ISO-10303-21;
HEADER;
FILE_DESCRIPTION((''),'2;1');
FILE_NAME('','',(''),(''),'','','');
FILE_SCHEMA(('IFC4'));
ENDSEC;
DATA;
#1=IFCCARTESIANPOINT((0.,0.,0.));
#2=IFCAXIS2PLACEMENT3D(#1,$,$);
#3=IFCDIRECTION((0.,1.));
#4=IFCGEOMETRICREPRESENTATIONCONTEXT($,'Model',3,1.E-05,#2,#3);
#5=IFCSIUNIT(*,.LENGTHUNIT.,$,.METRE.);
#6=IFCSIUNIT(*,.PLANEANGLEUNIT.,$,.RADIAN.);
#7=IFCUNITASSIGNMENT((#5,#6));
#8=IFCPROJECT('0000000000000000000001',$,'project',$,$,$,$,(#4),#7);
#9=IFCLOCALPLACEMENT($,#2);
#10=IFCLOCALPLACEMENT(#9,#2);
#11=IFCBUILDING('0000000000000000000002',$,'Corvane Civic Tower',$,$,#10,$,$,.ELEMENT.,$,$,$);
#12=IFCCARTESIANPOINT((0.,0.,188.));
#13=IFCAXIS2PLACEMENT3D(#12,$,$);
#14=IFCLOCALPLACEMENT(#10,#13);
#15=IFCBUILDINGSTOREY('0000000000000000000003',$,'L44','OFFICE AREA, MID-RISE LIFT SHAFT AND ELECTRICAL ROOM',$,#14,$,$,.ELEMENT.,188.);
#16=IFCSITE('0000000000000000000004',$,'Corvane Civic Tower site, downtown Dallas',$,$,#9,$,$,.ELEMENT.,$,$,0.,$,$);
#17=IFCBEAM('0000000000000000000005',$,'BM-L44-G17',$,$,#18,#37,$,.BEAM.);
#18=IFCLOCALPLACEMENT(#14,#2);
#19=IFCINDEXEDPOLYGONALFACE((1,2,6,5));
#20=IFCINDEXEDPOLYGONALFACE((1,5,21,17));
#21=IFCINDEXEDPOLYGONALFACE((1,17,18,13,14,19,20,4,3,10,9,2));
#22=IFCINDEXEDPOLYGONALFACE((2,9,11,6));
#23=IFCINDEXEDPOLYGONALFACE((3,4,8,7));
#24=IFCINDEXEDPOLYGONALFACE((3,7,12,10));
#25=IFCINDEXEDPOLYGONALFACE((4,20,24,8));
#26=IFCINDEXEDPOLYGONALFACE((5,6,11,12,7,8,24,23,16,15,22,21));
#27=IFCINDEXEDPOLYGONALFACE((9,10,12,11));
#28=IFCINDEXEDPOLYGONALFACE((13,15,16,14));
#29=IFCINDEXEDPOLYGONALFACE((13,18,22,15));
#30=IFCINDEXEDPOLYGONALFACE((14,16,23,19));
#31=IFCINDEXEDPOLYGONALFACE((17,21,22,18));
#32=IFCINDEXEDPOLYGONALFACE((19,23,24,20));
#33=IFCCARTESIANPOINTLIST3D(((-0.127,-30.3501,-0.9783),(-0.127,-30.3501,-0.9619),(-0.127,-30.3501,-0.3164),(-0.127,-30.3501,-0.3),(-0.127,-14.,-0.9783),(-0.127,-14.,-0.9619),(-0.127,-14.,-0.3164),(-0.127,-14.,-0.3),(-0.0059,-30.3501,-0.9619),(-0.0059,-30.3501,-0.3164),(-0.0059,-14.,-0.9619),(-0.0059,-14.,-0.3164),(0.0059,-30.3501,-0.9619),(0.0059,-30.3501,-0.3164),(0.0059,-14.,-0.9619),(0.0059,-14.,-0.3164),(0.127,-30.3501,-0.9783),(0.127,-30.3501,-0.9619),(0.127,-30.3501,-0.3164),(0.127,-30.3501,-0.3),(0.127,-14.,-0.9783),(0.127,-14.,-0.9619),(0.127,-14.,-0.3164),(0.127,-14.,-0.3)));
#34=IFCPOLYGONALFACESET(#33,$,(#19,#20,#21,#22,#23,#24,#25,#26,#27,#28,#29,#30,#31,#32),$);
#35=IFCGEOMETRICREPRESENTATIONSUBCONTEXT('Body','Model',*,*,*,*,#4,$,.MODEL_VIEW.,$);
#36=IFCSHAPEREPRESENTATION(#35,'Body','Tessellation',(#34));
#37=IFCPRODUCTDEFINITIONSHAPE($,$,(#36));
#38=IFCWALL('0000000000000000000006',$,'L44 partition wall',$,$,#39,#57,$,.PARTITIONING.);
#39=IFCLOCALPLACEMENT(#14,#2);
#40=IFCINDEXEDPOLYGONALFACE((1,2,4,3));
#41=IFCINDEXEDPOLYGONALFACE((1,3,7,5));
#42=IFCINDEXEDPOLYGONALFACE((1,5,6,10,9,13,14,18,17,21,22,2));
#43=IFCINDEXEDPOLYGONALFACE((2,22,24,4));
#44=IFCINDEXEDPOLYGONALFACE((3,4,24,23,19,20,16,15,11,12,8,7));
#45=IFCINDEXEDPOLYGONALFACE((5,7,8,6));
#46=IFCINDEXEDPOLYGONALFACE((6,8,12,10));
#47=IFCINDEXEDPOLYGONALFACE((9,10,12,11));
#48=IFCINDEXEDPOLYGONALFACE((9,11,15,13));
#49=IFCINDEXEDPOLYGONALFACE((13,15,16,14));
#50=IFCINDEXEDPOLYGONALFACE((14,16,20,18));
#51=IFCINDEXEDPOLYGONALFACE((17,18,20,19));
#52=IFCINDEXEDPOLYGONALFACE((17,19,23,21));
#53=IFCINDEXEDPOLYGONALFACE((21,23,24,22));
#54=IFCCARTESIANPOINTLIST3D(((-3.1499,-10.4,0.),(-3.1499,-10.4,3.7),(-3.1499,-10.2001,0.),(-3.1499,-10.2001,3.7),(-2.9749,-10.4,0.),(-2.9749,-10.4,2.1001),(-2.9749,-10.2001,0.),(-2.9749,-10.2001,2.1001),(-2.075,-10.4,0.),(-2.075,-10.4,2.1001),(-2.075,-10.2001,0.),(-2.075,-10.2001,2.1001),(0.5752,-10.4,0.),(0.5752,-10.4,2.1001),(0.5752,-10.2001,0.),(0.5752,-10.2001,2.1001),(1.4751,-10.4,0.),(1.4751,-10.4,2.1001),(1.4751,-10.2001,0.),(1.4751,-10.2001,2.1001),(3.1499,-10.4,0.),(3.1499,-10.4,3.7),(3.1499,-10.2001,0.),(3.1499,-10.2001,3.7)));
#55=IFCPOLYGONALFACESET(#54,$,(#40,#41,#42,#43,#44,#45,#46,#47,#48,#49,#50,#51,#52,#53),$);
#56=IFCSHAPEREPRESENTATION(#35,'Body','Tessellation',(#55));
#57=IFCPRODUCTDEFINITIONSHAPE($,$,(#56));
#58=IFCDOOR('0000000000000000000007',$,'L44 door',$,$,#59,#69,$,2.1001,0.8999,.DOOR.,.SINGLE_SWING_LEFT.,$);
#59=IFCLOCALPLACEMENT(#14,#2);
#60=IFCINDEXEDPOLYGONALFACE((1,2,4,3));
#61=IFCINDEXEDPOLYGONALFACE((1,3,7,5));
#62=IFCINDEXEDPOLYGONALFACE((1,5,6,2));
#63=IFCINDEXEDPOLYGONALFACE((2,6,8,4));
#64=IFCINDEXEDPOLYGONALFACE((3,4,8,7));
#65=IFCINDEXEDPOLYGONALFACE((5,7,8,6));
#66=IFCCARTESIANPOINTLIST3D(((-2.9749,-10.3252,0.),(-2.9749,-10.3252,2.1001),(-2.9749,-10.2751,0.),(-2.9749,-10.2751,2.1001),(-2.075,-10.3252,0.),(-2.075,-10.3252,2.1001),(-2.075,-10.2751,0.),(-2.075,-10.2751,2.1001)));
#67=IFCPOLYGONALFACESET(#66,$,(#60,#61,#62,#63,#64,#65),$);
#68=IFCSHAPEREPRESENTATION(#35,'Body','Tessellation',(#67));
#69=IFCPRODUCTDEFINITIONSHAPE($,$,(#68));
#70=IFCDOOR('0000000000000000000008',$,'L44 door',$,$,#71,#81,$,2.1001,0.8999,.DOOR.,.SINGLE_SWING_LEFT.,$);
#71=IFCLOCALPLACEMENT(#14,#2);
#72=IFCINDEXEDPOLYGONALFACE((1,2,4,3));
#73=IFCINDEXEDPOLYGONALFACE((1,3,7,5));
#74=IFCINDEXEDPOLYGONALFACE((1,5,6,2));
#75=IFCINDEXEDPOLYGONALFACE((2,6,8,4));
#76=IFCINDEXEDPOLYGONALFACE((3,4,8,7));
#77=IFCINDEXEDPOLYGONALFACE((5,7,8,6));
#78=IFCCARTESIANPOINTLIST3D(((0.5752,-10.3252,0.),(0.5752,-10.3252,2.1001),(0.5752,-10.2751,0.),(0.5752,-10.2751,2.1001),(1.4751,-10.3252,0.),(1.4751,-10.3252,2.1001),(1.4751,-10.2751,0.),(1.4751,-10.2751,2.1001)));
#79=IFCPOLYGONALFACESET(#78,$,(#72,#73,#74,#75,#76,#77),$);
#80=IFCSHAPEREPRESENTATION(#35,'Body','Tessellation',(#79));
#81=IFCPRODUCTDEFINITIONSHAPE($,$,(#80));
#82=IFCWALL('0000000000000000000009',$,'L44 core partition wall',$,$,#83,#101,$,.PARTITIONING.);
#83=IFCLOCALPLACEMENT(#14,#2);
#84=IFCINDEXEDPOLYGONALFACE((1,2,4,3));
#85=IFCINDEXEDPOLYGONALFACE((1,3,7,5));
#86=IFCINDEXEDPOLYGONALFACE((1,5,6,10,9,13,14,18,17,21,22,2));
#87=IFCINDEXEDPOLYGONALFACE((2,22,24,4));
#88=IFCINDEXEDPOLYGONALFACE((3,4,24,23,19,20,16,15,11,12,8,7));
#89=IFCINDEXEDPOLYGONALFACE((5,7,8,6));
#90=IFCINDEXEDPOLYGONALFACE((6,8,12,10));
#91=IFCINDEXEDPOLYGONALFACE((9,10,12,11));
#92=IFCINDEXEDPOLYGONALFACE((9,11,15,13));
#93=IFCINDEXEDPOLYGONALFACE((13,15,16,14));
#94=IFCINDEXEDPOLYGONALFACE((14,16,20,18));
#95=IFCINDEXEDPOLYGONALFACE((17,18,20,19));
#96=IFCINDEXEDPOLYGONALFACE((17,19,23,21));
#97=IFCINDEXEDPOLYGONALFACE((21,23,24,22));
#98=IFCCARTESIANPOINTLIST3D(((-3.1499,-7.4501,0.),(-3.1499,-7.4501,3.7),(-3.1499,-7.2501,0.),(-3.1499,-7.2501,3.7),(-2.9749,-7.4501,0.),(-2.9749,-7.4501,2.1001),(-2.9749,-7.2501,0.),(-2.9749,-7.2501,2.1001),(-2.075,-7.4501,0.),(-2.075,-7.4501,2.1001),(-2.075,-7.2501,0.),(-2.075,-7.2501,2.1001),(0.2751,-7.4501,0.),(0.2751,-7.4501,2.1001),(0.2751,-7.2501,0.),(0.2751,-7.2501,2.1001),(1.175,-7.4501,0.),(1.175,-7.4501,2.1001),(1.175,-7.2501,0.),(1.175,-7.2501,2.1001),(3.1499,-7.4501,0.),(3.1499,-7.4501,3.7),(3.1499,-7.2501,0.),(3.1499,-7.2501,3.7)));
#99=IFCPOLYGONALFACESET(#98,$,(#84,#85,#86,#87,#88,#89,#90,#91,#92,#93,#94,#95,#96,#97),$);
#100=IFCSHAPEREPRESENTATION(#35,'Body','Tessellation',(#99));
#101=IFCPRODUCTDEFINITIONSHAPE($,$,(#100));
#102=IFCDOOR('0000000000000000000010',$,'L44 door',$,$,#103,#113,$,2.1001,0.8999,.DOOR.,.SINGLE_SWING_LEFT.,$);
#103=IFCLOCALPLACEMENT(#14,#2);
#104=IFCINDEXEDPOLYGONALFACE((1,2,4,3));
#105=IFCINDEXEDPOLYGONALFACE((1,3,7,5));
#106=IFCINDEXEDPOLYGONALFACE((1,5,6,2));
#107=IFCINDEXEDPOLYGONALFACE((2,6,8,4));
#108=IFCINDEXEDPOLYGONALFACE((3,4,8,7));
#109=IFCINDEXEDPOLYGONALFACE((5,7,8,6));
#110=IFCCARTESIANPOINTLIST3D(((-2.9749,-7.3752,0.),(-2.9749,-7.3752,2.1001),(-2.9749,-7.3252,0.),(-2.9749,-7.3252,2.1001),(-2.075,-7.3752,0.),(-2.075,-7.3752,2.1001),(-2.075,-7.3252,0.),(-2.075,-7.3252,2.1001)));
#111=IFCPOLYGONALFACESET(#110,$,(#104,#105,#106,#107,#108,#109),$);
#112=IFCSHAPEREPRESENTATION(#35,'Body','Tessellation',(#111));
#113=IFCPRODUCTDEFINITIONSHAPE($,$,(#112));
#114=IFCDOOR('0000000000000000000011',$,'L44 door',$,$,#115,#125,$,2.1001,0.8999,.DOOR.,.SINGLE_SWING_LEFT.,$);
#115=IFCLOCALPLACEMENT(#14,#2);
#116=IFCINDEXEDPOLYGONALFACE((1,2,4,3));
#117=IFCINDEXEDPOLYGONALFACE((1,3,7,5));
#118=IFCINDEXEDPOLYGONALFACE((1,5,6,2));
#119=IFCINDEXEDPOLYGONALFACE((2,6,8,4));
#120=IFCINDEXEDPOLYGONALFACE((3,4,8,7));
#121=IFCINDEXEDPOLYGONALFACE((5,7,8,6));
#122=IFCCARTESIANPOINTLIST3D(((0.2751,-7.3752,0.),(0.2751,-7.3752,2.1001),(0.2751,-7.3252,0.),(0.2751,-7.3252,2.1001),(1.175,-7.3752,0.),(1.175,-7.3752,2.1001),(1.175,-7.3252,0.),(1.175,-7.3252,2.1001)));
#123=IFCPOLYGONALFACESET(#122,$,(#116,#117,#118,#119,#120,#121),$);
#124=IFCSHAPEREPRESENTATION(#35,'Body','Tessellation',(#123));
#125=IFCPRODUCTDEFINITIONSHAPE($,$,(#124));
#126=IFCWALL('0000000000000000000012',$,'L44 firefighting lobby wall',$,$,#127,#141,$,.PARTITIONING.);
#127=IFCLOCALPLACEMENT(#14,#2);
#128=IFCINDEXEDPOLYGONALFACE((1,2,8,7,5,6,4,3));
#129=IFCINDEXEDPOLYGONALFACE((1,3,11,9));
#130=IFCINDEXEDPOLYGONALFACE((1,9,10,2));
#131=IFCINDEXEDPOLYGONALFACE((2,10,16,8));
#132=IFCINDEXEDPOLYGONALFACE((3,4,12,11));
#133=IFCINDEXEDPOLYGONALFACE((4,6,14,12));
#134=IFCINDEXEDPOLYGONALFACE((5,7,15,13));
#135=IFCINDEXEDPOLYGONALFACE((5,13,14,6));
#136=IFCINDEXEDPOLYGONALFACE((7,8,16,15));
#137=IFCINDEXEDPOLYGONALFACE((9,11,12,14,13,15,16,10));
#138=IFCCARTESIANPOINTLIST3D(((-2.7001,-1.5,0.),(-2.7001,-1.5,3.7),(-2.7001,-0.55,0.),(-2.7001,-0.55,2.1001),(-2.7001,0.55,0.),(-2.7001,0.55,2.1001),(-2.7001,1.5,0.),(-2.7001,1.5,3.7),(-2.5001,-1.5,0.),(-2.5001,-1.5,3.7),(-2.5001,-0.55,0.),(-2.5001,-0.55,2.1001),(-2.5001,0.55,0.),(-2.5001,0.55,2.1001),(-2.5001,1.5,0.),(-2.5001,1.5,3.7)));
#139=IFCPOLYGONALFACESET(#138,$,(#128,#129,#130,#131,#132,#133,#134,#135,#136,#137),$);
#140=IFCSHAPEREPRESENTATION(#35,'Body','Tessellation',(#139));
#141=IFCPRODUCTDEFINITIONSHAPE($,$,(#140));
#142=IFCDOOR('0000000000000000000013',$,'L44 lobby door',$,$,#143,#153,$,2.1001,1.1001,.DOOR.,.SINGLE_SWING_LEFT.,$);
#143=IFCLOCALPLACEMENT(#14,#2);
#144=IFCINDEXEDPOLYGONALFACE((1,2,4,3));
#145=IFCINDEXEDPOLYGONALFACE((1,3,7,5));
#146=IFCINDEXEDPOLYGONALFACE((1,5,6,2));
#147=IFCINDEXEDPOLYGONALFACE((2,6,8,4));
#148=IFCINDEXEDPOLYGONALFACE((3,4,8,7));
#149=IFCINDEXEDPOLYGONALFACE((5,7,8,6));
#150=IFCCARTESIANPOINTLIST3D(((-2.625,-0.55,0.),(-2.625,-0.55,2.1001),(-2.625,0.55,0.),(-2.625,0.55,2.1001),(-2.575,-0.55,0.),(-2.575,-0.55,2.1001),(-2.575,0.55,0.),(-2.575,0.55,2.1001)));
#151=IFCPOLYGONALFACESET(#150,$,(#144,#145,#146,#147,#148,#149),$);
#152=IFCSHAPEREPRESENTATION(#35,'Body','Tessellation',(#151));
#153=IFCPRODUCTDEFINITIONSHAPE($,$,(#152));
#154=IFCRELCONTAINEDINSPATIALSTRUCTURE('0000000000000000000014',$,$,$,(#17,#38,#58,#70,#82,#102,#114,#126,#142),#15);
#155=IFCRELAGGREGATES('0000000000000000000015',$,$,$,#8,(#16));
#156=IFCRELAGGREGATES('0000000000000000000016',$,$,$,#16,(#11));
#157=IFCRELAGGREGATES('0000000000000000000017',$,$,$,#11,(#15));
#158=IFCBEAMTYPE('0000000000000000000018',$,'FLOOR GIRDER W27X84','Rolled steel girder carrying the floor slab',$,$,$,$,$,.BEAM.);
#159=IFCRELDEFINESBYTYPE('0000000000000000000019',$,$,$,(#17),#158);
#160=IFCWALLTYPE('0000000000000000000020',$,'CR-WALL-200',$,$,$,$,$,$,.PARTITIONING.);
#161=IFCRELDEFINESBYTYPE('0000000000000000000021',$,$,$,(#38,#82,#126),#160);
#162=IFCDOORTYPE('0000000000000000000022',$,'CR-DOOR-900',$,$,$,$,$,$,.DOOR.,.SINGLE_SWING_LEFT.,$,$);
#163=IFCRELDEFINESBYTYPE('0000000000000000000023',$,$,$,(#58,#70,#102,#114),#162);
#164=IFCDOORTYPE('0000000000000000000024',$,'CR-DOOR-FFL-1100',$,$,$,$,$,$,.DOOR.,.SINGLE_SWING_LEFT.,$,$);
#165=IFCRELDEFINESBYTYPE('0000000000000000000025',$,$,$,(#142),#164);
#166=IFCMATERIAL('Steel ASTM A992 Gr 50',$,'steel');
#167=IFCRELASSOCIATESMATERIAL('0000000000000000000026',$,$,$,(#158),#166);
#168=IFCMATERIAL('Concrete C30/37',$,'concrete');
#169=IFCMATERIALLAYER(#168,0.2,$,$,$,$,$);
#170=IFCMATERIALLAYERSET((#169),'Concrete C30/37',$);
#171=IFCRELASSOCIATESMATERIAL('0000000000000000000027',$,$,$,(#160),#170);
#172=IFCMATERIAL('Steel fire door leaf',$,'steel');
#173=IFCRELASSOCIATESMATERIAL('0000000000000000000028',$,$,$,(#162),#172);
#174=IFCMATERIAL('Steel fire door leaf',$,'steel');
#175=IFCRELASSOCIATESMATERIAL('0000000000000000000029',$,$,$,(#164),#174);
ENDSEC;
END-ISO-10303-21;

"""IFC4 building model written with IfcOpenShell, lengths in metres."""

from ifc_helpers import new_model, si_unit, direction, frame, frame_2d, origin, origin_2d, place, context, subcontext, project, spatial, rectangle, i_section, extrude, material, layer, layer_set, material_profile, profile_set, type_object, element, fill, save


model = new_model("IFC4")

# Units and contexts
model_context = context("Model", 3, precision=1e-05, world=origin(), true_north=direction((0.0, 1.0)))
body_context = subcontext(model_context, "Body", "Model", "MODEL_VIEW")
ifc_project = project(units=[si_unit("LENGTHUNIT", "METRE"), si_unit("PLANEANGLEUNIT", "RADIAN")], contexts=[model_context])

# Site, building, storey
site_placement = place(None, origin())
site = spatial("IfcSite", under=ifc_project, at=site_placement, Name="Corvane Civic Tower site, downtown Dallas", CompositionType="ELEMENT", RefElevation=0.0)
building_placement = place(site_placement, origin())
building = spatial("IfcBuilding", under=site, at=building_placement, Name="Corvane Civic Tower", CompositionType="ELEMENT")
storey_placement = place(building_placement, frame((0.0, 0.0, 188.0)))
storey = spatial("IfcBuildingStorey", under=building, at=storey_placement, Name="L44", Description="OFFICE AREA, MID-RISE LIFT SHAFT AND ELECTRICAL ROOM", CompositionType="ELEMENT", Elevation=188.0)

# Beam
ifc_material_1 = material(Name="Steel ASTM A992 Gr 50", Category="steel")
ifc_material_profile = material_profile(ifc_material_1, i_section(OverallWidth=0.2539, OverallDepth=0.6782, WebThickness=0.0117, FlangeThickness=0.0164, at=origin_2d()), Name="W27X84")
ifc_profile_set = profile_set([ifc_material_profile], Name="Steel ASTM A992 Gr 50")
beam_type = type_object("IfcBeamType", Name="FLOOR GIRDER W27X84", Description="Rolled steel girder carrying the floor slab", PredefinedType="BEAM", material=ifc_profile_set)
beam_placement = place(storey_placement, frame((0.0, -14.0, -0.6392), z_axis=(0.0, -1.0, 0.0), x_axis=(1.0, 0.0, 0.0)))
element("IfcBeam", 1, at=beam_placement, inside=storey, type_object=beam_type, Name="BM-L44-G17", PredefinedType="BEAM", context=body_context, shape_type="SweptSolid", body=[
    extrude(i_section(OverallWidth=0.2539, OverallDepth=0.6782, WebThickness=0.0117, FlangeThickness=0.0164, at=origin_2d()), origin(), (0.0, 0.0, 1.0), 16.3501),
])

# Walls, openings, doors
ifc_material_2 = material(Name="Concrete C30/37", Category="concrete")
ifc_layer_1 = layer(ifc_material_2, 0.2)
ifc_layer_set_1 = layer_set([ifc_layer_1], Name="Concrete C30/37")
wall_type_1 = type_object("IfcWallType", Name="CR-WALL-200", PredefinedType="PARTITIONING", material=ifc_layer_set_1)
wall_1_placement = place(storey_placement, frame((-3.1499, -10.3, 0.0), z_axis=(0.0, 0.0, 1.0), x_axis=(1.0, 0.0, 0.0)))
wall_1 = element("IfcWall", 2, at=wall_1_placement, inside=storey, type_object=wall_type_1, Name="L44 partition wall", PredefinedType="PARTITIONING", context=body_context, shape_type="SweptSolid", body=[
    extrude(rectangle(XDim=6.2998, YDim=0.2, at=frame_2d((3.1499, 0.0))), origin(), (0.0, 0.0, 1.0), 3.7),
])
opening_1_placement = place(wall_1_placement, frame((0.175, 0.0, 0.0)))
opening_1 = element("IfcOpeningElement", 3, at=opening_1_placement, cuts=wall_1, PredefinedType="OPENING", context=body_context, shape_type="SweptSolid", body=[
    extrude(rectangle(XDim=0.8999, YDim=2.1001, at=frame_2d((0.45, 1.05))), frame((0.0, 0.1099, 0.0), z_axis=(0.0, -1.0, 0.0), x_axis=(1.0, 0.0, 0.0)), (0.0, 0.0, 1.0), 0.22),
])
opening_2_placement = place(wall_1_placement, frame((3.7251, 0.0, 0.0)))
opening_2 = element("IfcOpeningElement", 4, at=opening_2_placement, cuts=wall_1, PredefinedType="OPENING", context=body_context, shape_type="SweptSolid", body=[
    extrude(rectangle(XDim=0.8999, YDim=2.1001, at=frame_2d((0.45, 1.05))), frame((0.0, 0.1099, 0.0), z_axis=(0.0, -1.0, 0.0), x_axis=(1.0, 0.0, 0.0)), (0.0, 0.0, 1.0), 0.22),
])
ifc_material_3 = material(Name="Steel fire door leaf", Category="steel")
door_type_1 = type_object("IfcDoorType", Name="CR-DOOR-900", OperationType="SINGLE_SWING_LEFT", PredefinedType="DOOR", material=ifc_material_3)
door_1_placement = place(opening_1_placement, origin())
door_1 = element("IfcDoor", 5, at=door_1_placement, inside=storey, type_object=door_type_1, Name="L44 door", OperationType="SINGLE_SWING_LEFT", OverallHeight=2.1001, OverallWidth=0.8999, PredefinedType="DOOR", context=body_context, shape_type="SweptSolid", body=[
    extrude(rectangle(XDim=0.8999, YDim=2.1001, at=frame_2d((0.45, 1.05))), frame((0.0, 0.0249, 0.0), z_axis=(0.0, -1.0, 0.0), x_axis=(1.0, 0.0, 0.0)), (0.0, 0.0, 1.0), 0.05),
])
fill(opening_1, door_1)
door_2_placement = place(opening_2_placement, origin())
door_2 = element("IfcDoor", 6, at=door_2_placement, inside=storey, type_object=door_type_1, Name="L44 door", OperationType="SINGLE_SWING_LEFT", OverallHeight=2.1001, OverallWidth=0.8999, PredefinedType="DOOR", context=body_context, shape_type="SweptSolid", body=[
    extrude(rectangle(XDim=0.8999, YDim=2.1001, at=frame_2d((0.45, 1.05))), frame((0.0, 0.0249, 0.0), z_axis=(0.0, -1.0, 0.0), x_axis=(1.0, 0.0, 0.0)), (0.0, 0.0, 1.0), 0.05),
])
fill(opening_2, door_2)
wall_2_placement = place(storey_placement, frame((-3.1499, -7.3501, 0.0), z_axis=(0.0, 0.0, 1.0), x_axis=(1.0, 0.0, 0.0)))
wall_2 = element("IfcWall", 7, at=wall_2_placement, inside=storey, type_object=wall_type_1, Name="L44 core partition wall", PredefinedType="PARTITIONING", context=body_context, shape_type="SweptSolid", body=[
    extrude(rectangle(XDim=6.2998, YDim=0.2, at=frame_2d((3.1499, 0.0))), origin(), (0.0, 0.0, 1.0), 3.7),
])
opening_3_placement = place(wall_2_placement, frame((0.175, 0.0, 0.0)))
opening_3 = element("IfcOpeningElement", 8, at=opening_3_placement, cuts=wall_2, PredefinedType="OPENING", context=body_context, shape_type="SweptSolid", body=[
    extrude(rectangle(XDim=0.8999, YDim=2.1001, at=frame_2d((0.45, 1.05))), frame((0.0, 0.1099, 0.0), z_axis=(0.0, -1.0, 0.0), x_axis=(1.0, 0.0, 0.0)), (0.0, 0.0, 1.0), 0.22),
])
opening_4_placement = place(wall_2_placement, frame((3.425, 0.0, 0.0)))
opening_4 = element("IfcOpeningElement", 9, at=opening_4_placement, cuts=wall_2, PredefinedType="OPENING", context=body_context, shape_type="SweptSolid", body=[
    extrude(rectangle(XDim=0.8999, YDim=2.1001, at=frame_2d((0.45, 1.05))), frame((0.0, 0.1099, 0.0), z_axis=(0.0, -1.0, 0.0), x_axis=(1.0, 0.0, 0.0)), (0.0, 0.0, 1.0), 0.22),
])
door_3_placement = place(opening_3_placement, origin())
door_3 = element("IfcDoor", 10, at=door_3_placement, inside=storey, type_object=door_type_1, Name="L44 door", OperationType="SINGLE_SWING_LEFT", OverallHeight=2.1001, OverallWidth=0.8999, PredefinedType="DOOR", context=body_context, shape_type="SweptSolid", body=[
    extrude(rectangle(XDim=0.8999, YDim=2.1001, at=frame_2d((0.45, 1.05))), frame((0.0, 0.0249, 0.0), z_axis=(0.0, -1.0, 0.0), x_axis=(1.0, 0.0, 0.0)), (0.0, 0.0, 1.0), 0.05),
])
fill(opening_3, door_3)
door_4_placement = place(opening_4_placement, origin())
door_4 = element("IfcDoor", 11, at=door_4_placement, inside=storey, type_object=door_type_1, Name="L44 door", OperationType="SINGLE_SWING_LEFT", OverallHeight=2.1001, OverallWidth=0.8999, PredefinedType="DOOR", context=body_context, shape_type="SweptSolid", body=[
    extrude(rectangle(XDim=0.8999, YDim=2.1001, at=frame_2d((0.45, 1.05))), frame((0.0, 0.0249, 0.0), z_axis=(0.0, -1.0, 0.0), x_axis=(1.0, 0.0, 0.0)), (0.0, 0.0, 1.0), 0.05),
])
fill(opening_4, door_4)

# Wall, opening, door
wall_3_placement = place(storey_placement, frame((-2.6001, -1.5, 0.0), z_axis=(0.0, 0.0, 1.0), x_axis=(0.0, 1.0, 0.0)))
wall_3 = element("IfcWall", 12, at=wall_3_placement, inside=storey, type_object=wall_type_1, Name="L44 firefighting lobby wall", PredefinedType="PARTITIONING", context=body_context, shape_type="SweptSolid", body=[
    extrude(rectangle(XDim=3.0, YDim=0.2, at=frame_2d((1.5, 0.0))), origin(), (0.0, 0.0, 1.0), 3.7),
])
opening_5_placement = place(wall_3_placement, frame((0.95, 0.0, 0.0)))
opening_5 = element("IfcOpeningElement", 13, at=opening_5_placement, cuts=wall_3, PredefinedType="OPENING", context=body_context, shape_type="SweptSolid", body=[
    extrude(rectangle(XDim=1.1001, YDim=2.1001, at=frame_2d((0.55, 1.05))), frame((0.0, 0.1099, 0.0), z_axis=(0.0, -1.0, 0.0), x_axis=(1.0, 0.0, 0.0)), (0.0, 0.0, 1.0), 0.22),
])
ifc_material_4 = material(Name="Steel fire door leaf", Category="steel")
door_type_2 = type_object("IfcDoorType", Name="CR-DOOR-FFL-1100", OperationType="SINGLE_SWING_LEFT", PredefinedType="DOOR", material=ifc_material_4)
door_5_placement = place(opening_5_placement, origin())
door_5 = element("IfcDoor", 14, at=door_5_placement, inside=storey, type_object=door_type_2, Name="L44 lobby door", OperationType="SINGLE_SWING_LEFT", OverallHeight=2.1001, OverallWidth=1.1001, PredefinedType="DOOR", context=body_context, shape_type="SweptSolid", body=[
    extrude(rectangle(XDim=1.1001, YDim=2.1001, at=frame_2d((0.55, 1.05))), frame((0.0, 0.0249, 0.0), z_axis=(0.0, -1.0, 0.0), x_axis=(1.0, 0.0, 0.0)), (0.0, 0.0, 1.0), 0.05),
])
fill(opening_5, door_5)

save(model, "model.ifc")
